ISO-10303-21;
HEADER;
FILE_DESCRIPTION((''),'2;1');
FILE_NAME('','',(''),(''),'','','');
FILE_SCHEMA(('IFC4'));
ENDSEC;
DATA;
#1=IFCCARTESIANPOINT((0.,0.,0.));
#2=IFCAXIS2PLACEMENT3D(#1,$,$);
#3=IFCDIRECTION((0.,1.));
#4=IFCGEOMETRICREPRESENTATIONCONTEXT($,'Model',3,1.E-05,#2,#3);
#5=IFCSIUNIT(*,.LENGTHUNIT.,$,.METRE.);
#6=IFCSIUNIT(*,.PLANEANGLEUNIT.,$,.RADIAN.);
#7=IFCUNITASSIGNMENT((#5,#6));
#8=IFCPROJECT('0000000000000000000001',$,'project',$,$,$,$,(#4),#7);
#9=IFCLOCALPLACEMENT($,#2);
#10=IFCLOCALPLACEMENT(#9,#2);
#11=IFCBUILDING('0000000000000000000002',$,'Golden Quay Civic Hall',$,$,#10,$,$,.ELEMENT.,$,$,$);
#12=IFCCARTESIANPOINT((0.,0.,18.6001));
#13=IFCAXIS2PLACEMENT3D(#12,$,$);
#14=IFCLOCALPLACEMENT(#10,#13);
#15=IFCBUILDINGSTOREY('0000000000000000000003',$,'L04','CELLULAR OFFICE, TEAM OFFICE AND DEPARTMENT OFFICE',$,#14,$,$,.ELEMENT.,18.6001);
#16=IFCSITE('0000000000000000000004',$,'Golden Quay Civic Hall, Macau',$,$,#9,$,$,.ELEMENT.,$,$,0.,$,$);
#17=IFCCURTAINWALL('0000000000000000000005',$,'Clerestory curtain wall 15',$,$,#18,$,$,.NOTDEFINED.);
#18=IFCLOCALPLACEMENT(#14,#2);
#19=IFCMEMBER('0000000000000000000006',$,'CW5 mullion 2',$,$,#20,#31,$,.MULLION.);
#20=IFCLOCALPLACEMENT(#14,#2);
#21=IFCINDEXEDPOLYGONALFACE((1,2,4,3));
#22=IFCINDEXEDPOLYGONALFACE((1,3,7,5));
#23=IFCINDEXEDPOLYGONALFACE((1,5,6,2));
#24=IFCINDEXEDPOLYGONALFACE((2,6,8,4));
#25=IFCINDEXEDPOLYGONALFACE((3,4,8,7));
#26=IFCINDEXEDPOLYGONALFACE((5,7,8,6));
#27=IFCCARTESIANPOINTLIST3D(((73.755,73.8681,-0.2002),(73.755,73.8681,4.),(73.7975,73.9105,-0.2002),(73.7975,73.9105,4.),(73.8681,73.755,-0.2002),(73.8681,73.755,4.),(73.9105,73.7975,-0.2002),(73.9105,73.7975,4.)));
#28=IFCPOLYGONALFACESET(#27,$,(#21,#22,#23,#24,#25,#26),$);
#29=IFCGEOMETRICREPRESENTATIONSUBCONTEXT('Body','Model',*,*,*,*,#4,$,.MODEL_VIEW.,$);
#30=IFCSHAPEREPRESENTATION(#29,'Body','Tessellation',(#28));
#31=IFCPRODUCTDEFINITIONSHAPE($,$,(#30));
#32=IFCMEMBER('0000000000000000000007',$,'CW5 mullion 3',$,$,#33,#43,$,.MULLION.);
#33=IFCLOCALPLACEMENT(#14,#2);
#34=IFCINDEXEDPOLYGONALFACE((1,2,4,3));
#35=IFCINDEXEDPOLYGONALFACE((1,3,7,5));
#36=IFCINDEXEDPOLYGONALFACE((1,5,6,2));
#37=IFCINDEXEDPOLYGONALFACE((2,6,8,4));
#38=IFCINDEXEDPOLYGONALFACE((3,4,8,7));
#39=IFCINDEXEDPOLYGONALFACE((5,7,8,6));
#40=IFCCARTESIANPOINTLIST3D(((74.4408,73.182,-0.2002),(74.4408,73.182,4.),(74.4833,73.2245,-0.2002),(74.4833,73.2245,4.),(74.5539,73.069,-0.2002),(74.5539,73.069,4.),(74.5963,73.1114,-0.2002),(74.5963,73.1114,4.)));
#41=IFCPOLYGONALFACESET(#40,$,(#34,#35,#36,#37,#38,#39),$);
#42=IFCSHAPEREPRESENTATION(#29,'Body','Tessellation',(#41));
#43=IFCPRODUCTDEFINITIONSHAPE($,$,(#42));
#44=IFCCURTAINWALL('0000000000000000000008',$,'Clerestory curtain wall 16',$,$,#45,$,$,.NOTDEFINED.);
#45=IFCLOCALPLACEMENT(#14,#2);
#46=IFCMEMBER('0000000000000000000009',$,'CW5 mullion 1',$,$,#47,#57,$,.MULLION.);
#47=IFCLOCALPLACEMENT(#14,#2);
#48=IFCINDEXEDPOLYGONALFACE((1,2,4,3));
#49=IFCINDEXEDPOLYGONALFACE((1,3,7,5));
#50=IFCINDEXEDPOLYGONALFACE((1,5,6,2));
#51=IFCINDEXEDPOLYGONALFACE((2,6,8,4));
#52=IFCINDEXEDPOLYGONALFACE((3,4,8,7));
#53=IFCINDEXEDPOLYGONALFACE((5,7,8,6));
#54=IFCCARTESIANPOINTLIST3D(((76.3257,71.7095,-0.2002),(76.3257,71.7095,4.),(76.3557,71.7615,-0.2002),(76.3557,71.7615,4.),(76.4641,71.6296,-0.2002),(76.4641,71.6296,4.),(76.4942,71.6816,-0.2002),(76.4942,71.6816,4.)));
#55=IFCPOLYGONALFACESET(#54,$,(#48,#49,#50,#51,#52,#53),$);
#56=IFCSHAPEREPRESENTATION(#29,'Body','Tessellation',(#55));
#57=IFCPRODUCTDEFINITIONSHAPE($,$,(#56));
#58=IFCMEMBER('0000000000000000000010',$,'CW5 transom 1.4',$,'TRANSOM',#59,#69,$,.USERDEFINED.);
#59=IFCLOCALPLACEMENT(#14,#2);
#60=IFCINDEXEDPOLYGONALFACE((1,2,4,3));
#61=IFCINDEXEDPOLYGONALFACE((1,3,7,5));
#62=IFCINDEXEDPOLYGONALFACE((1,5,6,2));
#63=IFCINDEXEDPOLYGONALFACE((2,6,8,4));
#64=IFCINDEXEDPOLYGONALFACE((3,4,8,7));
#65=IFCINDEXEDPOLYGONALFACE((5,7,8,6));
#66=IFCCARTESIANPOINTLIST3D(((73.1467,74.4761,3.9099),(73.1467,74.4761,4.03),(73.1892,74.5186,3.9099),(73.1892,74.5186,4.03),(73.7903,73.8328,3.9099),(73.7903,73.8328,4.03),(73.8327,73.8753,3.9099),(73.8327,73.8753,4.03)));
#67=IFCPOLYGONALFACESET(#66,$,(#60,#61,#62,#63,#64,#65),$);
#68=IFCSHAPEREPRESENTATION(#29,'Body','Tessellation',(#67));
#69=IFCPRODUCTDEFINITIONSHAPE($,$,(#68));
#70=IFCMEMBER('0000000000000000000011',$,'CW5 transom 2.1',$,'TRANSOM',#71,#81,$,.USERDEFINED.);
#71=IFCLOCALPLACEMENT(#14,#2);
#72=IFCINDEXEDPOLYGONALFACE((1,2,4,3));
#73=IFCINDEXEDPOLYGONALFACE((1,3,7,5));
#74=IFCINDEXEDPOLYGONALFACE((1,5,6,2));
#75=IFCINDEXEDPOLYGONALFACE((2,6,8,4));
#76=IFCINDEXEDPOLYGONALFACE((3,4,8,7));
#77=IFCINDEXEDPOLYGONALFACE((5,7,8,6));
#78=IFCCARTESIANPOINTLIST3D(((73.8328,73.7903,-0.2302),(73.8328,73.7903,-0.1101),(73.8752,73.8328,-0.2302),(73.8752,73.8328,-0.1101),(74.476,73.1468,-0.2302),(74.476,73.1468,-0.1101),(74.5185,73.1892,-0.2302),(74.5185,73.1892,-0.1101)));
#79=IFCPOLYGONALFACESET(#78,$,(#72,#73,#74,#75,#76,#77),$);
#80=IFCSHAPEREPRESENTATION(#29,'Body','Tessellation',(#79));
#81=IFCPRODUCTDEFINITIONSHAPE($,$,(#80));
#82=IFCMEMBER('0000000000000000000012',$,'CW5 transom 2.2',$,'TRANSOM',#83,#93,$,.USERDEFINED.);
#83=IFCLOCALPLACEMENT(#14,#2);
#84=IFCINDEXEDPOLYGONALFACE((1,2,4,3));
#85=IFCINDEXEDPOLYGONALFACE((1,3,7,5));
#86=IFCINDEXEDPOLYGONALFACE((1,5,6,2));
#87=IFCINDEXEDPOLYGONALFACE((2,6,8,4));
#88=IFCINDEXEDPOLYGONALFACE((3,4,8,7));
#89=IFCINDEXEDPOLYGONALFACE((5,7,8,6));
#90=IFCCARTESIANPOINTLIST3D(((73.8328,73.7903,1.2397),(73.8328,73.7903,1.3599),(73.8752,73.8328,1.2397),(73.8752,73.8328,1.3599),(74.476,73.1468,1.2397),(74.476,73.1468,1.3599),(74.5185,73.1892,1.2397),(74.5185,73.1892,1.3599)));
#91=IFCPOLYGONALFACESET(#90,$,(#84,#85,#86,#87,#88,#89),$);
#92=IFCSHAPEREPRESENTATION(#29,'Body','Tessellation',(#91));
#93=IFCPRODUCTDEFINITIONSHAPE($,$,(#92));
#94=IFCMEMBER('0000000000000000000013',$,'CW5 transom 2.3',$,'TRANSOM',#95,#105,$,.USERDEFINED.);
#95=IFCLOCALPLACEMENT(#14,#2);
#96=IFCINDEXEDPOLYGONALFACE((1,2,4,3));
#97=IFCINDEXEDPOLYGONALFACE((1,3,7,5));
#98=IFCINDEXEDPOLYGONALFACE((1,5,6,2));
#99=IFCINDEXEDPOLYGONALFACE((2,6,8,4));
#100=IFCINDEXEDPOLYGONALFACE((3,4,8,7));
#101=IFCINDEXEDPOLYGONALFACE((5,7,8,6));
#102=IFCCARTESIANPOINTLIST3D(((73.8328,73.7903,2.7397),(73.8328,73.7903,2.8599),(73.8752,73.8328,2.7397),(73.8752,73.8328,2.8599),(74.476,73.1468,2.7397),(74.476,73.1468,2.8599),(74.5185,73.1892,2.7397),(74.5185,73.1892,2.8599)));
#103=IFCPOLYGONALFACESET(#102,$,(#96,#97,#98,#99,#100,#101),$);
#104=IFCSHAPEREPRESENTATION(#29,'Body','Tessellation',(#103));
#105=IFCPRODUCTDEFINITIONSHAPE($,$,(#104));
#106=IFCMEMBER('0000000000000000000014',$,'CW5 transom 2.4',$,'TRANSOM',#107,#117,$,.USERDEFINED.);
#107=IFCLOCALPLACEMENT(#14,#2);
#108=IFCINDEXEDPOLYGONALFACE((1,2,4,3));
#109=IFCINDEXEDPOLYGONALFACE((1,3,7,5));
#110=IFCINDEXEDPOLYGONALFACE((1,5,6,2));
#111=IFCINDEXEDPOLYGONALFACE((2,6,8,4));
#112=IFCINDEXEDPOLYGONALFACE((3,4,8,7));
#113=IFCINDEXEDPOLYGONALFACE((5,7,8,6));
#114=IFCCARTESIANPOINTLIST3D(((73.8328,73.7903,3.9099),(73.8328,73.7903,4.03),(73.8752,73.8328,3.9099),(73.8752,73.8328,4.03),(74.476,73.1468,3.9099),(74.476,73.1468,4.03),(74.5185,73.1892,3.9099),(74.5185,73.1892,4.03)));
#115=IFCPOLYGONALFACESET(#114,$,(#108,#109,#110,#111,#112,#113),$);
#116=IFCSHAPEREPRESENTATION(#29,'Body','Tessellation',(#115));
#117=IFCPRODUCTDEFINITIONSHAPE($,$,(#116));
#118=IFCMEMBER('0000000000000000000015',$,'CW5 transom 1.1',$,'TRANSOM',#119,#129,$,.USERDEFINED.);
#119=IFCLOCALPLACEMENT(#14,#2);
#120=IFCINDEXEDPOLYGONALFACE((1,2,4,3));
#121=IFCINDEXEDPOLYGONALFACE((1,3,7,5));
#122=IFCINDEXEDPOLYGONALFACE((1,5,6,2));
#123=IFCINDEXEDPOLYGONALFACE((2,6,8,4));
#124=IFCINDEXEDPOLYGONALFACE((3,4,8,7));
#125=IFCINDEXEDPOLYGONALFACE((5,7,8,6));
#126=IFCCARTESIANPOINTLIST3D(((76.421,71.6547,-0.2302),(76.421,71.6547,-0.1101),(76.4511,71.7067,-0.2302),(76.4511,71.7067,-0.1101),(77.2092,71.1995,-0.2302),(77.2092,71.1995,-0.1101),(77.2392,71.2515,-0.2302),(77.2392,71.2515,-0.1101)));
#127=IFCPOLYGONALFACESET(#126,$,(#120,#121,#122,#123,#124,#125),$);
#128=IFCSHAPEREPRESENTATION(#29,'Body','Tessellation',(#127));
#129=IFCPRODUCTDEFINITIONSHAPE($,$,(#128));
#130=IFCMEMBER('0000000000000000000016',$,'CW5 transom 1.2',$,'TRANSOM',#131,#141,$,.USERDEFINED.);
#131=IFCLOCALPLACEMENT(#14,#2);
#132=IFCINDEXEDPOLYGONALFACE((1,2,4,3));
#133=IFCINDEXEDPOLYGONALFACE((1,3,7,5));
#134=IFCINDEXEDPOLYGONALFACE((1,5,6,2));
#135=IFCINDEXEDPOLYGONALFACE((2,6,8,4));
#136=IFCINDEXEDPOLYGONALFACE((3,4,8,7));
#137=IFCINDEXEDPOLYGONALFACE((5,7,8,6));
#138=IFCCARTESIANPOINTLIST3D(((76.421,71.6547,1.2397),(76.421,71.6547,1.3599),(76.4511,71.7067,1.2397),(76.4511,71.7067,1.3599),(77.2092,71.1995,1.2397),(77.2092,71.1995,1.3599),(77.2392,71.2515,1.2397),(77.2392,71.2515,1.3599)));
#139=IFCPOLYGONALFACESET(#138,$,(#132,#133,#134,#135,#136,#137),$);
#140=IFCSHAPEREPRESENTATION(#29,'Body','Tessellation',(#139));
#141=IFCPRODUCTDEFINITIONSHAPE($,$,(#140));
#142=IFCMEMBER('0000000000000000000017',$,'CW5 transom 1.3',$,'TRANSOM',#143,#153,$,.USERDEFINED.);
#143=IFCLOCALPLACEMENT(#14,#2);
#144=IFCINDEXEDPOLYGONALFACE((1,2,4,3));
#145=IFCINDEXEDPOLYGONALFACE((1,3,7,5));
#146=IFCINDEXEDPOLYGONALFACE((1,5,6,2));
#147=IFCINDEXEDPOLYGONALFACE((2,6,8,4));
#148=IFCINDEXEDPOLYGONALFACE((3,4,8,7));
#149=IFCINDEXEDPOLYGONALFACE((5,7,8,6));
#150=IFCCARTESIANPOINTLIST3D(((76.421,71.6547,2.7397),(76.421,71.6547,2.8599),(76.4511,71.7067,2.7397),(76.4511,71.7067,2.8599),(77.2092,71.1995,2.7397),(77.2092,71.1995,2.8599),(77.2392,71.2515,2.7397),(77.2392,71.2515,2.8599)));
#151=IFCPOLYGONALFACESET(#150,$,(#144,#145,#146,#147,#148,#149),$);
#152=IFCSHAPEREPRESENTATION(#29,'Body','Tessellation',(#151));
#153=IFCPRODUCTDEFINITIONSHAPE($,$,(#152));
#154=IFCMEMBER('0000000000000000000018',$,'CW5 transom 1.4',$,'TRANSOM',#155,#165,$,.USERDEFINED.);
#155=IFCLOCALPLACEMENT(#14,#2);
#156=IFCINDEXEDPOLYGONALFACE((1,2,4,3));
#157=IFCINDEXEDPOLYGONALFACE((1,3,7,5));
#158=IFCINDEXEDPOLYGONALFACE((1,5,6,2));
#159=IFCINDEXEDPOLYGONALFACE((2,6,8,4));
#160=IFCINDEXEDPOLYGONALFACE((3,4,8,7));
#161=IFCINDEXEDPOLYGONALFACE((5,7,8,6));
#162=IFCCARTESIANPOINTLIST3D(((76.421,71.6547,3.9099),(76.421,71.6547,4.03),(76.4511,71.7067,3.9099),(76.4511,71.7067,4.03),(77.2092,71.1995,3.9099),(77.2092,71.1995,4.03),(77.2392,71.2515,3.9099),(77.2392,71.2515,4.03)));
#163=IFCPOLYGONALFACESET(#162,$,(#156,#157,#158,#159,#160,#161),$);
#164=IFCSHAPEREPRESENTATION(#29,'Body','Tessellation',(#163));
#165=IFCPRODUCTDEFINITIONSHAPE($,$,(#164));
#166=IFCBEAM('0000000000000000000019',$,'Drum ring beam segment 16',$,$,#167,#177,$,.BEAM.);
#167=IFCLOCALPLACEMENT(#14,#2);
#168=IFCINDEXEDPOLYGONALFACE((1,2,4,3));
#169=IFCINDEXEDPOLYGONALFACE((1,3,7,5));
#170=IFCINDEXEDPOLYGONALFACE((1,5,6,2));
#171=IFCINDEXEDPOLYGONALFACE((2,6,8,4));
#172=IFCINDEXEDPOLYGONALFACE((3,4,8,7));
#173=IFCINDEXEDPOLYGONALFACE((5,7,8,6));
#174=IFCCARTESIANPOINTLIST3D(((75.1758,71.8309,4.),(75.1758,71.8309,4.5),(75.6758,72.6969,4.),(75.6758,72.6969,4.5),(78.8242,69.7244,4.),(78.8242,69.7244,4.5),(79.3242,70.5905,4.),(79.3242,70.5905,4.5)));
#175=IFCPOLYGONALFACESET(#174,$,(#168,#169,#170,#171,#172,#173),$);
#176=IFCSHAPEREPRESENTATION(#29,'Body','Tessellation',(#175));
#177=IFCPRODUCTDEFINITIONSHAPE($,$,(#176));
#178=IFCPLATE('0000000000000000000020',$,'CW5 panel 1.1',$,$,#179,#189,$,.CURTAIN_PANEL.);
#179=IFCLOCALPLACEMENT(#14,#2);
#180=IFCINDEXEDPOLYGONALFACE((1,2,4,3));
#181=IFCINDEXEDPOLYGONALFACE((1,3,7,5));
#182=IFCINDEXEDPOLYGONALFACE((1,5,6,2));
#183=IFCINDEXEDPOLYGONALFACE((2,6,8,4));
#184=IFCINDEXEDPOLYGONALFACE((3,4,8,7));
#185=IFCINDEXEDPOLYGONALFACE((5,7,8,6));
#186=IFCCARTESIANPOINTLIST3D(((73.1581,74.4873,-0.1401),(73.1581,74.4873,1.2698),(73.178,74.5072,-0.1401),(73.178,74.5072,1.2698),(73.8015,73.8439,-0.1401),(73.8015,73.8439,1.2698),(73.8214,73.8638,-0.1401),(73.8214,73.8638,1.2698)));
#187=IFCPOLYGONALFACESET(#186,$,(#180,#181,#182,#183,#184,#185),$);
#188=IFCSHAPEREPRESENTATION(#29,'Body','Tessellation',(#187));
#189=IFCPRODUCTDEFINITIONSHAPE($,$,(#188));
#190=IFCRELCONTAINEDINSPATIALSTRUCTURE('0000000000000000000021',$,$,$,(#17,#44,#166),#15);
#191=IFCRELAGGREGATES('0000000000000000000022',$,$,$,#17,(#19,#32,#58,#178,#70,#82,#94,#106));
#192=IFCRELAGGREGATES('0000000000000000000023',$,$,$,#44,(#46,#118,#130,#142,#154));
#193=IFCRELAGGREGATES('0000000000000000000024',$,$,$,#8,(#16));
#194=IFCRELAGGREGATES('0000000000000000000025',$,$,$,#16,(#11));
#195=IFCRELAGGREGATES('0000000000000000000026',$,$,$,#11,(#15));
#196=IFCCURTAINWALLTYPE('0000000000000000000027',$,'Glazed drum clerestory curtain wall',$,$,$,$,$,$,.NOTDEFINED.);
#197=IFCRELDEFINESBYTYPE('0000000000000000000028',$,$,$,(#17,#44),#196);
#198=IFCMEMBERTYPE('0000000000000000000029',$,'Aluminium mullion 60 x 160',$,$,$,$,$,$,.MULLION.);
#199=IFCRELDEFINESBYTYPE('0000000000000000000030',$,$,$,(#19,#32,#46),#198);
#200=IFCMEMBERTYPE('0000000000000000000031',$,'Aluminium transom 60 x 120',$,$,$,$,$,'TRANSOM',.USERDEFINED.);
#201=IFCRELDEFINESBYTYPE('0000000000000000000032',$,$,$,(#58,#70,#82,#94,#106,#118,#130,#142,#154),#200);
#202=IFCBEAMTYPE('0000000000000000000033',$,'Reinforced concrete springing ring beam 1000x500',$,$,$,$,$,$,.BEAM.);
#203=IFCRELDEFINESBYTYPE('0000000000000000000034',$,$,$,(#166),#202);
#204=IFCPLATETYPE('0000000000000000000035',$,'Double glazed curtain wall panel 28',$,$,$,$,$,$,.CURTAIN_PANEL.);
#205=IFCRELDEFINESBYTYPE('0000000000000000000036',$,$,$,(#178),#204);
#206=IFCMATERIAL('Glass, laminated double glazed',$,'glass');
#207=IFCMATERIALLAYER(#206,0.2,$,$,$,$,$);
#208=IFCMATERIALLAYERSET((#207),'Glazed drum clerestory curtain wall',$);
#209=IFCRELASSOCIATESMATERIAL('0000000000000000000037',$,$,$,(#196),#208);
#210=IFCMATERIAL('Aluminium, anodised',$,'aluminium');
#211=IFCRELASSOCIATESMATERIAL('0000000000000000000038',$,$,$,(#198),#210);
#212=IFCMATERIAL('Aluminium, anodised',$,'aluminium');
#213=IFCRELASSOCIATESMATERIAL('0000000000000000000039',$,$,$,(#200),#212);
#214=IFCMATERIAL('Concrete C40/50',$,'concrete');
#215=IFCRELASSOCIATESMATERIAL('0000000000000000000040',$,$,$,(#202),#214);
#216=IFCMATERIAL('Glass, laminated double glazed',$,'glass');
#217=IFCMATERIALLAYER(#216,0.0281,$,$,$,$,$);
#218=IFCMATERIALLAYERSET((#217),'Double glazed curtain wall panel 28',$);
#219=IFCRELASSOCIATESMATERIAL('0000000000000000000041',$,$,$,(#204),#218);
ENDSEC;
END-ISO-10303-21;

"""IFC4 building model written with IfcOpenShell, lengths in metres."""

from ifc_helpers import new_model, si_unit, direction, frame, origin, origin_2d, place, context, subcontext, project, spatial, rectangle, extrude, material, layer, layer_set, material_profile, profile_set, type_object, element, aggregate, save


model = new_model("IFC4")

# Units and contexts
model_context = context("Model", 3, precision=1e-05, world=origin(), true_north=direction((0.0, 1.0)))
body_context = subcontext(model_context, "Body", "Model", "MODEL_VIEW")
ifc_project = project(units=[si_unit("LENGTHUNIT", "METRE"), si_unit("PLANEANGLEUNIT", "RADIAN")], contexts=[model_context])

# Site, building, storey
site_placement = place(None, origin())
site = spatial("IfcSite", under=ifc_project, at=site_placement, Name="Golden Quay Civic Hall, Macau", CompositionType="ELEMENT", RefElevation=0.0)
building_placement = place(site_placement, origin())
building = spatial("IfcBuilding", under=site, at=building_placement, Name="Golden Quay Civic Hall", CompositionType="ELEMENT")
storey_placement = place(building_placement, frame((0.0, 0.0, 18.6001)))
storey = spatial("IfcBuildingStorey", under=building, at=storey_placement, Name="L04", Description="CELLULAR OFFICE, TEAM OFFICE AND DEPARTMENT OFFICE", CompositionType="ELEMENT", Elevation=18.6001)

# Curtain wall, members
ifc_material_1 = material(Name="Glass, laminated double glazed", Category="glass")
ifc_layer_1 = layer(ifc_material_1, 0.2)
ifc_layer_set_1 = layer_set([ifc_layer_1], Name="Glazed drum clerestory curtain wall")
curtain_wall_type = type_object("IfcCurtainWallType", Name="Glazed drum clerestory curtain wall", PredefinedType="NOTDEFINED", material=ifc_layer_set_1)
curtain_wall_1_placement = place(storey_placement, origin())
curtain_wall_1 = element("IfcCurtainWall", 1, at=curtain_wall_1_placement, inside=storey, type_object=curtain_wall_type, Name="Clerestory curtain wall 15", PredefinedType="NOTDEFINED")
ifc_material_2 = material(Name="Aluminium, anodised", Category="aluminium")
ifc_material_profile_1 = material_profile(ifc_material_2, rectangle(XDim=0.0601, YDim=0.1599, at=origin_2d()), Name="Aluminium 60 x 160")
ifc_profile_set_1 = profile_set([ifc_material_profile_1], Name="Aluminium, anodised")
member_type_1 = type_object("IfcMemberType", Name="Aluminium mullion 60 x 160", PredefinedType="MULLION", material=ifc_profile_set_1)
member_1_placement = place(storey_placement, frame((73.8328, 73.8328, -0.2002), z_axis=(0.0, 0.0, 1.0), x_axis=(0.707107, 0.707107, 0.0)))
member_1 = element("IfcMember", 2, at=member_1_placement, type_object=member_type_1, Name="CW5 mullion 2", PredefinedType="MULLION", context=body_context, shape_type="SweptSolid", body=[
    extrude(rectangle(XDim=0.0601, YDim=0.1599, at=origin_2d()), origin(), (0.0, 0.0, 1.0), 4.2002),
])
member_2_placement = place(storey_placement, frame((74.5186, 73.1467, -0.2002), z_axis=(0.0, 0.0, 1.0), x_axis=(0.707107, 0.707107, 0.0)))
member_2 = element("IfcMember", 3, at=member_2_placement, type_object=member_type_1, Name="CW5 mullion 3", PredefinedType="MULLION", context=body_context, shape_type="SweptSolid", body=[
    extrude(rectangle(XDim=0.0601, YDim=0.1599, at=origin_2d()), origin(), (0.0, 0.0, 1.0), 4.2002),
])

# Curtain wall, member
curtain_wall_2_placement = place(storey_placement, origin())
curtain_wall_2 = element("IfcCurtainWall", 4, at=curtain_wall_2_placement, inside=storey, type_object=curtain_wall_type, Name="Clerestory curtain wall 16", PredefinedType="NOTDEFINED")
member_3_placement = place(storey_placement, frame((76.4099, 71.6956, -0.2002), z_axis=(0.0, 0.0, 1.0), x_axis=(0.500011, 0.866019, 0.0)))
member_3 = element("IfcMember", 5, at=member_3_placement, type_object=member_type_1, Name="CW5 mullion 1", PredefinedType="MULLION", context=body_context, shape_type="SweptSolid", body=[
    extrude(rectangle(XDim=0.0601, YDim=0.1599, at=origin_2d()), origin(), (0.0, 0.0, 1.0), 4.2002),
])

# Members
ifc_material_3 = material(Name="Aluminium, anodised", Category="aluminium")
ifc_material_profile_2 = material_profile(ifc_material_3, rectangle(XDim=0.0601, YDim=0.1201, at=origin_2d()), Name="Aluminium 60 x 120")
ifc_profile_set_2 = profile_set([ifc_material_profile_2], Name="Aluminium, anodised")
member_type_2 = type_object("IfcMemberType", Name="Aluminium transom 60 x 120", ElementType="TRANSOM", PredefinedType="USERDEFINED", material=ifc_profile_set_2)
member_4_placement = place(storey_placement, frame((73.168, 74.4973, 3.97), z_axis=(0.707241, -0.706973, 0.0), x_axis=(0.706973, 0.707241, 0.0)))
member_4 = element("IfcMember", 6, at=member_4_placement, type_object=member_type_2, Name="CW5 transom 1.4", ObjectType="TRANSOM", PredefinedType="USERDEFINED", context=body_context, shape_type="SweptSolid", body=[
    extrude(rectangle(XDim=0.0601, YDim=0.1201, at=origin_2d()), origin(), (0.0, 0.0, 1.0), 0.9099),
])
member_5_placement = place(storey_placement, frame((73.854, 73.8115, -0.1702), z_axis=(0.706973, -0.707241, 0.0), x_axis=(0.707241, 0.706973, 0.0)))
member_5 = element("IfcMember", 7, at=member_5_placement, type_object=member_type_2, Name="CW5 transom 2.1", ObjectType="TRANSOM", PredefinedType="USERDEFINED", context=body_context, shape_type="SweptSolid", body=[
    extrude(rectangle(XDim=0.0601, YDim=0.1201, at=origin_2d()), origin(), (0.0, 0.0, 1.0), 0.9099),
])
member_6_placement = place(storey_placement, frame((73.854, 73.8115, 1.2998), z_axis=(0.706973, -0.707241, 0.0), x_axis=(0.707241, 0.706973, 0.0)))
member_6 = element("IfcMember", 8, at=member_6_placement, type_object=member_type_2, Name="CW5 transom 2.2", ObjectType="TRANSOM", PredefinedType="USERDEFINED", context=body_context, shape_type="SweptSolid", body=[
    extrude(rectangle(XDim=0.0601, YDim=0.1201, at=origin_2d()), origin(), (0.0, 0.0, 1.0), 0.9099),
])
member_7_placement = place(storey_placement, frame((73.854, 73.8115, 2.7998), z_axis=(0.706973, -0.707241, 0.0), x_axis=(0.707241, 0.706973, 0.0)))
member_7 = element("IfcMember", 9, at=member_7_placement, type_object=member_type_2, Name="CW5 transom 2.3", ObjectType="TRANSOM", PredefinedType="USERDEFINED", context=body_context, shape_type="SweptSolid", body=[
    extrude(rectangle(XDim=0.0601, YDim=0.1201, at=origin_2d()), origin(), (0.0, 0.0, 1.0), 0.9099),
])
member_8_placement = place(storey_placement, frame((73.854, 73.8115, 3.97), z_axis=(0.706973, -0.707241, 0.0), x_axis=(0.707241, 0.706973, 0.0)))
member_8 = element("IfcMember", 10, at=member_8_placement, type_object=member_type_2, Name="CW5 transom 2.4", ObjectType="TRANSOM", PredefinedType="USERDEFINED", context=body_context, shape_type="SweptSolid", body=[
    extrude(rectangle(XDim=0.0601, YDim=0.1201, at=origin_2d()), origin(), (0.0, 0.0, 1.0), 0.9099),
])
member_9_placement = place(storey_placement, frame((76.436, 71.6807, -0.1702), z_axis=(0.865989, -0.500063, 0.0), x_axis=(0.500063, 0.865989, 0.0)))
member_9 = element("IfcMember", 11, at=member_9_placement, type_object=member_type_2, Name="CW5 transom 1.1", ObjectType="TRANSOM", PredefinedType="USERDEFINED", context=body_context, shape_type="SweptSolid", body=[
    extrude(rectangle(XDim=0.0601, YDim=0.1201, at=origin_2d()), origin(), (0.0, 0.0, 1.0), 0.9102),
])
member_10_placement = place(storey_placement, frame((76.436, 71.6807, 1.2998), z_axis=(0.865989, -0.500063, 0.0), x_axis=(0.500063, 0.865989, 0.0)))
member_10 = element("IfcMember", 12, at=member_10_placement, type_object=member_type_2, Name="CW5 transom 1.2", ObjectType="TRANSOM", PredefinedType="USERDEFINED", context=body_context, shape_type="SweptSolid", body=[
    extrude(rectangle(XDim=0.0601, YDim=0.1201, at=origin_2d()), origin(), (0.0, 0.0, 1.0), 0.9102),
])
member_11_placement = place(storey_placement, frame((76.436, 71.6807, 2.7998), z_axis=(0.865989, -0.500063, 0.0), x_axis=(0.500063, 0.865989, 0.0)))
member_11 = element("IfcMember", 13, at=member_11_placement, type_object=member_type_2, Name="CW5 transom 1.3", ObjectType="TRANSOM", PredefinedType="USERDEFINED", context=body_context, shape_type="SweptSolid", body=[
    extrude(rectangle(XDim=0.0601, YDim=0.1201, at=origin_2d()), origin(), (0.0, 0.0, 1.0), 0.9102),
])
member_12_placement = place(storey_placement, frame((76.436, 71.6807, 3.97), z_axis=(0.865989, -0.500063, 0.0), x_axis=(0.500063, 0.865989, 0.0)))
member_12 = element("IfcMember", 14, at=member_12_placement, type_object=member_type_2, Name="CW5 transom 1.4", ObjectType="TRANSOM", PredefinedType="USERDEFINED", context=body_context, shape_type="SweptSolid", body=[
    extrude(rectangle(XDim=0.0601, YDim=0.1201, at=origin_2d()), origin(), (0.0, 0.0, 1.0), 0.9102),
])

# Beam
ifc_material_4 = material(Name="Concrete C40/50", Category="concrete")
ifc_material_profile_3 = material_profile(ifc_material_4, rectangle(XDim=1.0, YDim=0.5, at=origin_2d()), Name="RC 1000x500")
ifc_profile_set_3 = profile_set([ifc_material_profile_3], Name="Concrete C40/50")
beam_type = type_object("IfcBeamType", Name="Reinforced concrete springing ring beam 1000x500", PredefinedType="BEAM", material=ifc_profile_set_3)
beam_placement = place(storey_placement, frame((75.4258, 72.2639, 4.25), z_axis=(0.866023, -0.500003, 0.0), x_axis=(0.500003, 0.866023, 0.0)))
element("IfcBeam", 15, at=beam_placement, inside=storey, type_object=beam_type, Name="Drum ring beam segment 16", PredefinedType="BEAM", context=body_context, shape_type="SweptSolid", body=[
    extrude(rectangle(XDim=1.0, YDim=0.5, at=origin_2d()), origin(), (0.0, 0.0, 1.0), 4.2129),
])

# Plate
ifc_material_5 = material(Name="Glass, laminated double glazed", Category="glass")
ifc_layer_2 = layer(ifc_material_5, 0.0281)
ifc_layer_set_2 = layer_set([ifc_layer_2], Name="Double glazed curtain wall panel 28")
plate_type = type_object("IfcPlateType", Name="Double glazed curtain wall panel 28", PredefinedType="CURTAIN_PANEL", material=ifc_layer_set_2)
plate_1_placement = place(storey_placement, frame((73.4897, 74.1755, -0.1401), z_axis=(0.0, 0.0, 1.0), x_axis=(0.707107, -0.707107, 0.0)))
plate_1 = element("IfcPlate", 16, at=plate_1_placement, type_object=plate_type, Name="CW5 panel 1.1", PredefinedType="CURTAIN_PANEL", context=body_context, shape_type="SweptSolid", body=[
    extrude(rectangle(XDim=0.9099, YDim=0.0281, at=origin_2d()), origin(), (0.0, 0.0, 1.0), 1.4099),
])
aggregate(curtain_wall_1, [member_1, member_2, member_4, plate_1, member_5, member_6, member_7, member_8])
aggregate(curtain_wall_2, [member_3, member_9, member_10, member_11, member_12])

save(model, "model.ifc")
